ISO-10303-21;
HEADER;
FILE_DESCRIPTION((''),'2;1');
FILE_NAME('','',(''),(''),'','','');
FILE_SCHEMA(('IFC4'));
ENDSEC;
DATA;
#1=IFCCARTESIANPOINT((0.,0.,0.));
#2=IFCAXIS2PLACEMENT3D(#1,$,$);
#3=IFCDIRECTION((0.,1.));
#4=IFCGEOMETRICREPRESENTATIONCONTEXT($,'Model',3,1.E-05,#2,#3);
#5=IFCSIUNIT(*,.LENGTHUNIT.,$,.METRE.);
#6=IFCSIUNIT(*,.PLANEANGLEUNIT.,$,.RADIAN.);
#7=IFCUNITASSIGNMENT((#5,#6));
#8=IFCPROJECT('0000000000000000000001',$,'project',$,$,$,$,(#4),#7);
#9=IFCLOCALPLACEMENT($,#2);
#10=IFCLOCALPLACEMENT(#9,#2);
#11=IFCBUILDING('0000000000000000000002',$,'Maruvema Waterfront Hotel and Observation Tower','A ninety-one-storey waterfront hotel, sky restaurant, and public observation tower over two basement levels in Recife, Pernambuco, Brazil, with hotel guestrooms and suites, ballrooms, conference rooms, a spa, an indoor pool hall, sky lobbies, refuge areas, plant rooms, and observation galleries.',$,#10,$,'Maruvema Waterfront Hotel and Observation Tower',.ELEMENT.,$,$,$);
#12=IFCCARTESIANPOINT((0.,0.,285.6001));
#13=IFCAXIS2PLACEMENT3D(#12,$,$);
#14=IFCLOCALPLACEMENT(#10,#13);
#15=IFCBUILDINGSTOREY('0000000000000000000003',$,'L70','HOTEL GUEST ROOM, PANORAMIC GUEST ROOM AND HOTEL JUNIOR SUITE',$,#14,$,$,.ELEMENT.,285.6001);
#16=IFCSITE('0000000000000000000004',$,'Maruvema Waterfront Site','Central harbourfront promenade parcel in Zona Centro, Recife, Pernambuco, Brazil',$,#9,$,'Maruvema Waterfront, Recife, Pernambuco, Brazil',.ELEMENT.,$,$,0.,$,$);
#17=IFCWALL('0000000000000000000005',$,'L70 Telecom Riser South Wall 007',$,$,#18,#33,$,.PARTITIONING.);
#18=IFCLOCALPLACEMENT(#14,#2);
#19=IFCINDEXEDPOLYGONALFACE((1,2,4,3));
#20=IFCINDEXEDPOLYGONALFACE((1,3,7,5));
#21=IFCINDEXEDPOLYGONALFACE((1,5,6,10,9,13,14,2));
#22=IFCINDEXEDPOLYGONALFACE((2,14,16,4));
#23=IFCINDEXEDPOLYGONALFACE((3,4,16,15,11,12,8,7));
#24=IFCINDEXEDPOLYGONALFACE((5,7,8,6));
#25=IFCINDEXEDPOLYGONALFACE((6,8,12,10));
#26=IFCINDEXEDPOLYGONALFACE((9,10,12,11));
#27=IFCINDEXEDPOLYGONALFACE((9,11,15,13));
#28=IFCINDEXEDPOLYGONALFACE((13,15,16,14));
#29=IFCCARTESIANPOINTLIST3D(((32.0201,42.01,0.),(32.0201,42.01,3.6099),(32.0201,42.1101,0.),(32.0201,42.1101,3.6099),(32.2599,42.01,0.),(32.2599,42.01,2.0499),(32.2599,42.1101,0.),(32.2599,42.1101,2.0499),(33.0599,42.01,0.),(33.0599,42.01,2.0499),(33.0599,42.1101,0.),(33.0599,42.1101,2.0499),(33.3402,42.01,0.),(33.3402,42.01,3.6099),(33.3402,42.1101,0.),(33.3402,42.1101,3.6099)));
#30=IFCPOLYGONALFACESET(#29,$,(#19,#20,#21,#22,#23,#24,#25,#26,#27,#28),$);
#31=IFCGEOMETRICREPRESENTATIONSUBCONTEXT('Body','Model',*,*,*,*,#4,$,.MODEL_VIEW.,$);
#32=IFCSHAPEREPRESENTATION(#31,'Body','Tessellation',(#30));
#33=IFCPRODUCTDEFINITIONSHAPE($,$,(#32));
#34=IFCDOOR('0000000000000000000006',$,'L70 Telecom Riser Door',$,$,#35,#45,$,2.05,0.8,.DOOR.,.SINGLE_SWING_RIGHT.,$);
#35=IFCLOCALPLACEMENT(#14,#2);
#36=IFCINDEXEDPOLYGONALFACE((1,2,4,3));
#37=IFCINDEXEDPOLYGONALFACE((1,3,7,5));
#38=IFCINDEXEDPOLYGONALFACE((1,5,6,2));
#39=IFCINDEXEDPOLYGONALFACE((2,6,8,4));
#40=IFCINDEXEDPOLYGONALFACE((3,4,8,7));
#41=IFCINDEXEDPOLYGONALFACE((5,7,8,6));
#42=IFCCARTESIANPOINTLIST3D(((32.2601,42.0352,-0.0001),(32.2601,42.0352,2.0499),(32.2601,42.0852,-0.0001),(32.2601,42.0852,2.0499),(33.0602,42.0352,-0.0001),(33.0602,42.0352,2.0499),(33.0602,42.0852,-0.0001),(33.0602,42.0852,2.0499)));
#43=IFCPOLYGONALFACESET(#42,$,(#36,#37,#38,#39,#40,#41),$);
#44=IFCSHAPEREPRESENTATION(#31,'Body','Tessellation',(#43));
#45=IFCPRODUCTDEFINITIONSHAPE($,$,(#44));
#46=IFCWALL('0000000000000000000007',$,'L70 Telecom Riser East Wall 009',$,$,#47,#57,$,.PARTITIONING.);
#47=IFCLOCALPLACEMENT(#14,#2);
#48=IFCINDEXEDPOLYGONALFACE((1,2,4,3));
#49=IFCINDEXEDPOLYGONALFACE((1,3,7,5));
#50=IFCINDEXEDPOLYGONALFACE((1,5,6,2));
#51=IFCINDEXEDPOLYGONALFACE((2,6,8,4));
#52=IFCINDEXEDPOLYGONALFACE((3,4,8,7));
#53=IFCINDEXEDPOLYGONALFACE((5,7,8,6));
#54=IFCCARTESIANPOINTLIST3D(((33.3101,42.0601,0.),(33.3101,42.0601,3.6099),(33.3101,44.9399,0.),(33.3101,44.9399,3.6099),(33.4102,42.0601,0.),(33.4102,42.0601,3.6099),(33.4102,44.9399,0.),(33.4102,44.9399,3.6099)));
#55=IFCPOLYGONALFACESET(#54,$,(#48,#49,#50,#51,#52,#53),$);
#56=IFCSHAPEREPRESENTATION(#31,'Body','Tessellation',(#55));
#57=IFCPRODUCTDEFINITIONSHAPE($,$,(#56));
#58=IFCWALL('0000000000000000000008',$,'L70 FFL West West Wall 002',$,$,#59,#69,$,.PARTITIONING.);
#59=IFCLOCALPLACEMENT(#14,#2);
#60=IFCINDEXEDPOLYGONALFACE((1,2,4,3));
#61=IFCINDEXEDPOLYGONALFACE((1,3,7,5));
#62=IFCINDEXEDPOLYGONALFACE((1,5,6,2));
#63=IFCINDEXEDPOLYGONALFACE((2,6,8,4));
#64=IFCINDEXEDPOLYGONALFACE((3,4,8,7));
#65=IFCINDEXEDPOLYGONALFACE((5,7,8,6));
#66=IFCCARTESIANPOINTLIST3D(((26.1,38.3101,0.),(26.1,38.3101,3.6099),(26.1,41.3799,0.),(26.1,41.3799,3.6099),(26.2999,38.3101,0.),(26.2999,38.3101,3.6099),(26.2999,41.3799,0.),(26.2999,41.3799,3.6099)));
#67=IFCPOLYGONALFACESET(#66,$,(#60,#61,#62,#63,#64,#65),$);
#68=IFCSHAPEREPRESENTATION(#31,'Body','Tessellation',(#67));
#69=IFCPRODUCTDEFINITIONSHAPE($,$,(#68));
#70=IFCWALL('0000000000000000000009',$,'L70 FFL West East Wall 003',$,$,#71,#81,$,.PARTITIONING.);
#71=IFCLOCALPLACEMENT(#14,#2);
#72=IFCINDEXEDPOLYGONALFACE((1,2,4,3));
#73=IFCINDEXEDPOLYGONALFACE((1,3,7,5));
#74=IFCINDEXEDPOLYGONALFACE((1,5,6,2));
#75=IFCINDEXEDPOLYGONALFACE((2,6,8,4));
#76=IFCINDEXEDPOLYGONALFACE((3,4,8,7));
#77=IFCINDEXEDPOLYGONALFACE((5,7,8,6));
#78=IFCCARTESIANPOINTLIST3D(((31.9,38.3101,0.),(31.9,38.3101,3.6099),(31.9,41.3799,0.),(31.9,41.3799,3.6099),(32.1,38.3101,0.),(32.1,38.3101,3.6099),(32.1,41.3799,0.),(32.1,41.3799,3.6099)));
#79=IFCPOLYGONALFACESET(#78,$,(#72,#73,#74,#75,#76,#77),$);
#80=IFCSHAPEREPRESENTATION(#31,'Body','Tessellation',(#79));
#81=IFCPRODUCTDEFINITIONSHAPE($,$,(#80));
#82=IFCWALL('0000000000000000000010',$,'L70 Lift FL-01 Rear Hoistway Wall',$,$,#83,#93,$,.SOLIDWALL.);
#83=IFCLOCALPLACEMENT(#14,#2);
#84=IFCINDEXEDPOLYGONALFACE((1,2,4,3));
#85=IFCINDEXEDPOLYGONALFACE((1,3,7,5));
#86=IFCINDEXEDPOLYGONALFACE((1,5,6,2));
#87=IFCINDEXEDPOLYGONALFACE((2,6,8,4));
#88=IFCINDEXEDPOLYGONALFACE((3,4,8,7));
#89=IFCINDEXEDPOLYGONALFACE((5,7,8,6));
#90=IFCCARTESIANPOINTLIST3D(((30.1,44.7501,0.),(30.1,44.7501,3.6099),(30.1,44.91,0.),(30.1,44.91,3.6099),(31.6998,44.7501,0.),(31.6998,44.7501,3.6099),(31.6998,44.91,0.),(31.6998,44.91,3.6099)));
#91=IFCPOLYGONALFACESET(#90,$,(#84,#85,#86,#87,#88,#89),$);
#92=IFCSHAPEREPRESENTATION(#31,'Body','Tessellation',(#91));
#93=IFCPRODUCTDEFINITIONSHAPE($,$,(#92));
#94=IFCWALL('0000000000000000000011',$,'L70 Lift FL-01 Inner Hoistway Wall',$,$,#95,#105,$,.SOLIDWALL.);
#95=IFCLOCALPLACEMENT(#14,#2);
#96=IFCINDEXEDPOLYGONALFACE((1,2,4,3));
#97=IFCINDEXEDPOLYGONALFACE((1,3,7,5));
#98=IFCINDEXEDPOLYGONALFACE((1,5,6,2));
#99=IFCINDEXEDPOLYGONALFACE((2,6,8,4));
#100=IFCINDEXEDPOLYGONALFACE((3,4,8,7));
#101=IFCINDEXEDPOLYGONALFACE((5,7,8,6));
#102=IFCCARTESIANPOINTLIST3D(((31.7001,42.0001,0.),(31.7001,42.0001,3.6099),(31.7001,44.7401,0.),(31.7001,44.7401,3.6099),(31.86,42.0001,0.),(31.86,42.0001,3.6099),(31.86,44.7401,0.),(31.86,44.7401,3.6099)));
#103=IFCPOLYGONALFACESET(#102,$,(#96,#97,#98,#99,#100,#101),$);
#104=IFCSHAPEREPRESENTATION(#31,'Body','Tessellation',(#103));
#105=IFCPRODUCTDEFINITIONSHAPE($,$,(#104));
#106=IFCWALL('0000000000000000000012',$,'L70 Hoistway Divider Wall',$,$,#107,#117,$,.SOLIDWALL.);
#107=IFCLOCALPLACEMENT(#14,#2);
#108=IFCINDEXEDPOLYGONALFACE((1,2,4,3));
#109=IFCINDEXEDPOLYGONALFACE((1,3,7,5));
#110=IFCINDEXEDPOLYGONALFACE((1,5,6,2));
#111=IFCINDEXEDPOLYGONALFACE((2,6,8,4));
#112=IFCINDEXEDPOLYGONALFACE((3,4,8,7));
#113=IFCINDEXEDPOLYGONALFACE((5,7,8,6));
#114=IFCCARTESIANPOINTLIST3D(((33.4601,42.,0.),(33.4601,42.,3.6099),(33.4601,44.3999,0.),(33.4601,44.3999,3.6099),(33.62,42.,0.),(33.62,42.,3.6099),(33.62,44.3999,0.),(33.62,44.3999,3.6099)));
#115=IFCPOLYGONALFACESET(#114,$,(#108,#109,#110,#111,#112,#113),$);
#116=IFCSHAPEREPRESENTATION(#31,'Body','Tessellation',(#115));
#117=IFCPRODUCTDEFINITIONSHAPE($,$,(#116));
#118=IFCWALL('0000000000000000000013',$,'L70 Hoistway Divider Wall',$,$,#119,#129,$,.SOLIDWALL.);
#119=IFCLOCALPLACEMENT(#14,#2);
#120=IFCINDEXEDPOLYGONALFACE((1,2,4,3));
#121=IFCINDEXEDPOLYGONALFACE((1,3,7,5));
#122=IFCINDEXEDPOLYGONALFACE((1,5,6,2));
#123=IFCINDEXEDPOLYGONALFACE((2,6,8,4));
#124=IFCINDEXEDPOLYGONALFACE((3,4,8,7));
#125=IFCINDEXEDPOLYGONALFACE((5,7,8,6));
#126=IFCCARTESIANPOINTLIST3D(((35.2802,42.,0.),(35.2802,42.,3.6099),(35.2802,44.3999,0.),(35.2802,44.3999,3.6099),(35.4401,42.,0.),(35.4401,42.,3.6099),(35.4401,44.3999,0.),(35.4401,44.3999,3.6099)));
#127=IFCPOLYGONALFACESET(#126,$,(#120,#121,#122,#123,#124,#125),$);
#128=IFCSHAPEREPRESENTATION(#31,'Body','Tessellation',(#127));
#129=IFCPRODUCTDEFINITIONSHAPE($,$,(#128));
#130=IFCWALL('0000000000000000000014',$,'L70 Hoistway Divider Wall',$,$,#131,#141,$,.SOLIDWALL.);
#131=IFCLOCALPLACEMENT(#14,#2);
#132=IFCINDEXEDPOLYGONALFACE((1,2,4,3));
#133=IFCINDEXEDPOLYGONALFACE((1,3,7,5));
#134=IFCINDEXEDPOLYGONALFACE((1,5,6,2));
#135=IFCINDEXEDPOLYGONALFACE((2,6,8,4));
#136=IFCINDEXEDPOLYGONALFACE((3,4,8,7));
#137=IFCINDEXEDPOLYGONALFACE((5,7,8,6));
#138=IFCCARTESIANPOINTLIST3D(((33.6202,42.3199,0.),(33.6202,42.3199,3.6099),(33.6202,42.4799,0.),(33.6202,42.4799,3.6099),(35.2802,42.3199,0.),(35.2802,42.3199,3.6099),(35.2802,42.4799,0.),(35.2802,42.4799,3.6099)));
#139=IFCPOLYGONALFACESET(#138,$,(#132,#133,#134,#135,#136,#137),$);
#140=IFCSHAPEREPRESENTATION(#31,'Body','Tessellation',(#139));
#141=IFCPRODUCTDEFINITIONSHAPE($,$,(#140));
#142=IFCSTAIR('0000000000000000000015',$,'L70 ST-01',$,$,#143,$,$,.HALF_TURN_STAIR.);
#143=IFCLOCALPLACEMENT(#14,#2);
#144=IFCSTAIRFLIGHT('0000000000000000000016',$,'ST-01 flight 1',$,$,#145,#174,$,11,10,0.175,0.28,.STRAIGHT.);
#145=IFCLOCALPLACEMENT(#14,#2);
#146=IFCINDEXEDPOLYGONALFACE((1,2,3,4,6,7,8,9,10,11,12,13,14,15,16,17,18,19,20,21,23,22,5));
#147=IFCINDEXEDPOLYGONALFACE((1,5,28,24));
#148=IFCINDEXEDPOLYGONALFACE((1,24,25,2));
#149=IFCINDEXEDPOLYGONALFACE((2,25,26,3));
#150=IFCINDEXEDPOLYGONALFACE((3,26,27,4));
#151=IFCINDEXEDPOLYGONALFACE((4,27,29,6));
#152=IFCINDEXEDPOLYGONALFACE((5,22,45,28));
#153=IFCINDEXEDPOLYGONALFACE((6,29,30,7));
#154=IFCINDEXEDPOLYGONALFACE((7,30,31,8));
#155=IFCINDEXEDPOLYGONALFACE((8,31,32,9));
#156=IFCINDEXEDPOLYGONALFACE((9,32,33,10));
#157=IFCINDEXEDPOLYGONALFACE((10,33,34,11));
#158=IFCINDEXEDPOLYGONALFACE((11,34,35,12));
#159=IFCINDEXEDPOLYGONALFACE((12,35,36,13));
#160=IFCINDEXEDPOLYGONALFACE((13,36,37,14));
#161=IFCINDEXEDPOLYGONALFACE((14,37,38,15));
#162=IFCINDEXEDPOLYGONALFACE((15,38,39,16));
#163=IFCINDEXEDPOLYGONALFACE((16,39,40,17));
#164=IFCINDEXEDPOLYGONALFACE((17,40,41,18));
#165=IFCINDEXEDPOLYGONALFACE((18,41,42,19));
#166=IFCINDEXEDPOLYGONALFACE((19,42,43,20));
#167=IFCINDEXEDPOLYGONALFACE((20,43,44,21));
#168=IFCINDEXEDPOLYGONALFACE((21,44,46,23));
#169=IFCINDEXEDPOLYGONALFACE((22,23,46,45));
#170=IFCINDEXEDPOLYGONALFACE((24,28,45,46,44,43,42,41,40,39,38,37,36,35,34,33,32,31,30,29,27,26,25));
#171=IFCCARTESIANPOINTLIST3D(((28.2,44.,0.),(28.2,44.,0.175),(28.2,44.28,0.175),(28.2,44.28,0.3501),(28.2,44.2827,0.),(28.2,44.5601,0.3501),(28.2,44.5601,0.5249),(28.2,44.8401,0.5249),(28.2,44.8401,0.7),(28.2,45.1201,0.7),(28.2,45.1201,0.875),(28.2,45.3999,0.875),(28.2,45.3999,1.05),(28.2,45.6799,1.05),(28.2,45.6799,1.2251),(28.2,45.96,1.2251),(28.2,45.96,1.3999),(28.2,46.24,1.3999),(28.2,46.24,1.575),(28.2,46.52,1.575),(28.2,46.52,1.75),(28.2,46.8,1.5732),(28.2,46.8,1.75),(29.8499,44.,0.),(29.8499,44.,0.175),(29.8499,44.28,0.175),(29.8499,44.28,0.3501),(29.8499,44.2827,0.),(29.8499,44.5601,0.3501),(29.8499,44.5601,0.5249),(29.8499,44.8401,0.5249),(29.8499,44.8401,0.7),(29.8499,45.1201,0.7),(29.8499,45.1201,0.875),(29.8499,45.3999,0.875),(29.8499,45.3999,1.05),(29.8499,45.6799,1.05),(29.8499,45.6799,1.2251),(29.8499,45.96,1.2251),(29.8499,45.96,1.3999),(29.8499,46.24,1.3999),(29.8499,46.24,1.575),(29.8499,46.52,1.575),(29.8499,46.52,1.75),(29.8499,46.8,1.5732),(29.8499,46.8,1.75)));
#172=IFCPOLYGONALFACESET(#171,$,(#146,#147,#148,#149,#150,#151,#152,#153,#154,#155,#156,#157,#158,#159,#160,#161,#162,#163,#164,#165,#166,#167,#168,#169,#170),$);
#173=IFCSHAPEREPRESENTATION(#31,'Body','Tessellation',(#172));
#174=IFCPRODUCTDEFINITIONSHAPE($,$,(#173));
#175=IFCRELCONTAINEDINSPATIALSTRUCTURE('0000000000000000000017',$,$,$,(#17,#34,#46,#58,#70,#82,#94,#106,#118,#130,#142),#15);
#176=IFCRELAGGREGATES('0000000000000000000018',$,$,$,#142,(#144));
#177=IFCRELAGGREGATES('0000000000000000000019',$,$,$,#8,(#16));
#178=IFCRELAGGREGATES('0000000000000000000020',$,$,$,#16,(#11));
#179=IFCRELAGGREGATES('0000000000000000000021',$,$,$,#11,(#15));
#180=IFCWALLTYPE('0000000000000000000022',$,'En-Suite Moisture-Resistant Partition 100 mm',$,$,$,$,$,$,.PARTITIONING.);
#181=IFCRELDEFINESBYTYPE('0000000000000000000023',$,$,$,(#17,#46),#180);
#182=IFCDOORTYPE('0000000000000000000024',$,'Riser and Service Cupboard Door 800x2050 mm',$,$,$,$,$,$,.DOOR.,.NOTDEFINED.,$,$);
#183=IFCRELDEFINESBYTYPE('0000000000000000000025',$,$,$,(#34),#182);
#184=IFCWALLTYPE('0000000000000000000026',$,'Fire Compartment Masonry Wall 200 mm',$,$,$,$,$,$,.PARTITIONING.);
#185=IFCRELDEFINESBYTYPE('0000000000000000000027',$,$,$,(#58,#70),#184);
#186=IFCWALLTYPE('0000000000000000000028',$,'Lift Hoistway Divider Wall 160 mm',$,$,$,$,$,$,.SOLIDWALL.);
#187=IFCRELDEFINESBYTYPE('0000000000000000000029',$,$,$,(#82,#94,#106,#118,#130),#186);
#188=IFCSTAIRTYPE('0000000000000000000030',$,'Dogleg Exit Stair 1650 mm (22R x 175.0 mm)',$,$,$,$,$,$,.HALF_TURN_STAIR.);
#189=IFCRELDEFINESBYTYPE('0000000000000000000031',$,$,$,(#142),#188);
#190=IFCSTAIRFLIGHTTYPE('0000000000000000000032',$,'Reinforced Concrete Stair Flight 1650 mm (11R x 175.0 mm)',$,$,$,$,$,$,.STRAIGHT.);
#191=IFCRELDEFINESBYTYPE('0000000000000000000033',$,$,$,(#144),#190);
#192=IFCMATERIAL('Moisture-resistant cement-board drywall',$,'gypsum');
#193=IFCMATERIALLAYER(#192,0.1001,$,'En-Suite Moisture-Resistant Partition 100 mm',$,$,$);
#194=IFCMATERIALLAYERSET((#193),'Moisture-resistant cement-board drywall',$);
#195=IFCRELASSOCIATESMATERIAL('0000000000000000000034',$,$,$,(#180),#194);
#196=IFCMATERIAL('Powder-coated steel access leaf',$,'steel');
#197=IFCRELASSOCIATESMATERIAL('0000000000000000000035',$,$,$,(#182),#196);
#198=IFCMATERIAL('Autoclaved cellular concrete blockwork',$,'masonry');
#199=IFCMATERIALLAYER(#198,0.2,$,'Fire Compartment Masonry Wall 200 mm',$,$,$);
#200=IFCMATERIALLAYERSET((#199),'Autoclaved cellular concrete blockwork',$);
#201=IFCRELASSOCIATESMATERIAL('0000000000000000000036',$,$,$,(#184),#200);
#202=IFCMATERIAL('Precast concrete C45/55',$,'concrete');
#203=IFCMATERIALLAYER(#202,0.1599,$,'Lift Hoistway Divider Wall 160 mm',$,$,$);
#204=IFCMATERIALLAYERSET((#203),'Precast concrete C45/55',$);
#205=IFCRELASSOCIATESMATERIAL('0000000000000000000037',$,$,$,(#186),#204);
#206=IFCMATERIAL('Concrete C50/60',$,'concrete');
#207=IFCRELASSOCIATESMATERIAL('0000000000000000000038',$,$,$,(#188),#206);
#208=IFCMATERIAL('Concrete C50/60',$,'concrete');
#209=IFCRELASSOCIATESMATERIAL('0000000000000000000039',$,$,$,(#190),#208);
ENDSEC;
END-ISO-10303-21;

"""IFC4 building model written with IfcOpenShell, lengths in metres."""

from ifc_helpers import new_model, si_unit, direction, frame, frame_2d, origin, place, context, subcontext, project, spatial, polyline, rectangle, outline, extrude, material, layer, layer_set, type_object, element, fill, aggregate, save


model = new_model("IFC4")

# Units and contexts
model_context = context("Model", 3, precision=1e-05, world=origin(), true_north=direction((0.0, 1.0)))
body_context = subcontext(model_context, "Body", "Model", "MODEL_VIEW")
ifc_project = project(units=[si_unit("LENGTHUNIT", "METRE"), si_unit("PLANEANGLEUNIT", "RADIAN")], contexts=[model_context])

# Site, building, storey
site_placement = place(None, origin())
site = spatial("IfcSite", under=ifc_project, at=site_placement, Name="Maruvema Waterfront Site", Description="Central harbourfront promenade parcel in Zona Centro, Recife, Pernambuco, Brazil", LongName="Maruvema Waterfront, Recife, Pernambuco, Brazil", CompositionType="ELEMENT", RefElevation=0.0)
building_placement = place(site_placement, origin())
building = spatial("IfcBuilding", under=site, at=building_placement, Name="Maruvema Waterfront Hotel and Observation Tower", Description="A ninety-one-storey waterfront hotel, sky restaurant, and public observation tower over two basement levels in Recife, Pernambuco, Brazil, with hotel guestrooms and suites, ballrooms, conference rooms, a spa, an indoor pool hall, sky lobbies, refuge areas, plant rooms, and observation galleries.", LongName="Maruvema Waterfront Hotel and Observation Tower", CompositionType="ELEMENT")
storey_placement = place(building_placement, frame((0.0, 0.0, 285.6001)))
storey = spatial("IfcBuildingStorey", under=building, at=storey_placement, Name="L70", Description="HOTEL GUEST ROOM, PANORAMIC GUEST ROOM AND HOTEL JUNIOR SUITE", CompositionType="ELEMENT", Elevation=285.6001)

# Wall, opening, door
ifc_material_1 = material(Name="Moisture-resistant cement-board drywall", Category="gypsum")
ifc_layer_1 = layer(ifc_material_1, 0.1001, Name="En-Suite Moisture-Resistant Partition 100 mm")
ifc_layer_set_1 = layer_set([ifc_layer_1], Name="Moisture-resistant cement-board drywall")
wall_type_1 = type_object("IfcWallType", Name="En-Suite Moisture-Resistant Partition 100 mm", PredefinedType="PARTITIONING", material=ifc_layer_set_1)
wall_1_placement = place(storey_placement, frame((32.02, 42.0601, 0.0), z_axis=(0.0, 0.0, 1.0), x_axis=(1.0, 0.0, 0.0)))
wall_1 = element("IfcWall", 1, at=wall_1_placement, inside=storey, type_object=wall_type_1, Name="L70 Telecom Riser South Wall 007", PredefinedType="PARTITIONING", context=body_context, shape_type="SweptSolid", body=[
    extrude(rectangle(XDim=1.3201, YDim=0.1001, at=frame_2d((0.6602, 0.0))), origin(), (0.0, 0.0, 1.0), 3.6099),
])
opening_1_placement = place(wall_1_placement, frame((0.24, 0.0, 0.0)))
opening_1 = element("IfcOpeningElement", 2, at=opening_1_placement, cuts=wall_1, PredefinedType="OPENING", context=body_context, shape_type="SweptSolid", body=[
    extrude(rectangle(XDim=0.8, YDim=2.05, at=frame_2d((0.3999, 1.0249))), frame((0.0, 0.0601, 0.0), z_axis=(0.0, -1.0, 0.0), x_axis=(1.0, 0.0, 0.0)), (0.0, 0.0, 1.0), 0.1201),
])
ifc_material_2 = material(Name="Powder-coated steel access leaf", Category="steel")
door_type_1 = type_object("IfcDoorType", Name="Riser and Service Cupboard Door 800x2050 mm", OperationType="NOTDEFINED", PredefinedType="DOOR", material=ifc_material_2)
door_1_placement = place(opening_1_placement, frame((0.8, 0.0, 0.0), z_axis=(0.0, 0.0, 1.0), x_axis=(-1.0, 0.0, 0.0)))
door_1 = element("IfcDoor", 3, at=door_1_placement, inside=storey, type_object=door_type_1, Name="L70 Telecom Riser Door", OperationType="SINGLE_SWING_RIGHT", OverallHeight=2.05, OverallWidth=0.8, PredefinedType="DOOR", context=body_context, shape_type="SweptSolid", body=[
    extrude(rectangle(XDim=0.8, YDim=2.05, at=frame_2d((0.3999, 1.0249))), frame((0.0, 0.0249, 0.0), z_axis=(0.0, -1.0, 0.0), x_axis=(1.0, 0.0, 0.0)), (0.0, 0.0, 1.0), 0.05),
])
fill(opening_1, door_1)

# Wall
wall_2_placement = place(storey_placement, frame((33.3601, 42.0601, 0.0), z_axis=(0.0, 0.0, 1.0), x_axis=(0.0, 1.0, 0.0)))
element("IfcWall", 4, at=wall_2_placement, inside=storey, type_object=wall_type_1, Name="L70 Telecom Riser East Wall 009", PredefinedType="PARTITIONING", context=body_context, shape_type="SweptSolid", body=[
    extrude(rectangle(XDim=2.8799, YDim=0.1001, at=frame_2d((1.4399, 0.0))), origin(), (0.0, 0.0, 1.0), 3.6099),
])

# Shared definitions
ifc_material_3 = material(Name="Autoclaved cellular concrete blockwork", Category="masonry")
ifc_layer_2 = layer(ifc_material_3, 0.2, Name="Fire Compartment Masonry Wall 200 mm")
ifc_layer_set_2 = layer_set([ifc_layer_2], Name="Autoclaved cellular concrete blockwork")
wall_type_2 = type_object("IfcWallType", Name="Fire Compartment Masonry Wall 200 mm", PredefinedType="PARTITIONING", material=ifc_layer_set_2)

# Walls
for number, where, z_axis, x_axis, name in (
    (5, (26.2, 38.3101, 0.0), (0.0, 0.0, 1.0), (0.0, 1.0, 0.0), "L70 FFL West West Wall 002"),
    (6, (32.0, 38.3101, 0.0), (0.0, 0.0, 1.0), (0.0, 1.0, 0.0), "L70 FFL West East Wall 003"),
):
    element("IfcWall", number, at=place(storey_placement, frame(where, z_axis=z_axis, x_axis=x_axis)), inside=storey, type_object=wall_type_2, Name=name, PredefinedType="PARTITIONING", context=body_context, shape_type="SweptSolid", body=[
        extrude(rectangle(XDim=3.0698, YDim=0.2, at=frame_2d((1.5349, 0.0))), origin(), (0.0, 0.0, 1.0), 3.6099),
    ])
ifc_material_4 = material(Name="Precast concrete C45/55", Category="concrete")
ifc_layer_3 = layer(ifc_material_4, 0.1599, Name="Lift Hoistway Divider Wall 160 mm")
ifc_layer_set_3 = layer_set([ifc_layer_3], Name="Precast concrete C45/55")
wall_type_3 = type_object("IfcWallType", Name="Lift Hoistway Divider Wall 160 mm", PredefinedType="SOLIDWALL", material=ifc_layer_set_3)
wall_3_placement = place(storey_placement, frame((30.1001, 44.8301, 0.0), z_axis=(0.0, 0.0, 1.0), x_axis=(1.0, 0.0, 0.0)))
element("IfcWall", 7, at=wall_3_placement, inside=storey, type_object=wall_type_3, Name="L70 Lift FL-01 Rear Hoistway Wall", PredefinedType="SOLIDWALL", context=body_context, shape_type="SweptSolid", body=[
    extrude(rectangle(XDim=1.5999, YDim=0.1599, at=frame_2d((0.7998, 0.0))), origin(), (0.0, 0.0, 1.0), 3.6099),
])
wall_4_placement = place(storey_placement, frame((31.78, 42.0, 0.0), z_axis=(0.0, 0.0, 1.0), x_axis=(0.0, 1.0, 0.0)))
element("IfcWall", 8, at=wall_4_placement, inside=storey, type_object=wall_type_3, Name="L70 Lift FL-01 Inner Hoistway Wall", PredefinedType="SOLIDWALL", context=body_context, shape_type="SweptSolid", body=[
    extrude(rectangle(XDim=2.74, YDim=0.1599, at=frame_2d((1.3701, 0.0))), origin(), (0.0, 0.0, 1.0), 3.6099),
])
for number, where, z_axis, x_axis, name in (
    (9, (33.54, 42.0, 0.0), (0.0, 0.0, 1.0), (0.0, 1.0, 0.0), "L70 Hoistway Divider Wall"),
    (10, (35.3601, 42.0, 0.0), (0.0, 0.0, 1.0), (0.0, 1.0, 0.0), "L70 Hoistway Divider Wall"),
):
    element("IfcWall", number, at=place(storey_placement, frame(where, z_axis=z_axis, x_axis=x_axis)), inside=storey, type_object=wall_type_3, Name=name, PredefinedType="SOLIDWALL", context=body_context, shape_type="SweptSolid", body=[
        extrude(rectangle(XDim=2.3999, YDim=0.1599, at=frame_2d((1.2, 0.0))), origin(), (0.0, 0.0, 1.0), 3.6099),
    ])
wall_5_placement = place(storey_placement, frame((33.6201, 42.3999, 0.0), z_axis=(0.0, 0.0, 1.0), x_axis=(1.0, 0.0, 0.0)))
element("IfcWall", 11, at=wall_5_placement, inside=storey, type_object=wall_type_3, Name="L70 Hoistway Divider Wall", PredefinedType="SOLIDWALL", context=body_context, shape_type="SweptSolid", body=[
    extrude(rectangle(XDim=1.6599, YDim=0.1599, at=frame_2d((0.8301, 0.0))), origin(), (0.0, 0.0, 1.0), 3.6099),
])

# Stair, stair flight
ifc_material_5 = material(Name="Concrete C50/60", Category="concrete")
stair_type = type_object("IfcStairType", Name="Dogleg Exit Stair 1650 mm (22R x 175.0 mm)", PredefinedType="HALF_TURN_STAIR", material=ifc_material_5)
stair_placement = place(storey_placement, origin())
stair = element("IfcStair", 12, at=stair_placement, inside=storey, type_object=stair_type, Name="L70 ST-01", PredefinedType="HALF_TURN_STAIR")
ifc_material_6 = material(Name="Concrete C50/60", Category="concrete")
stair_flight_type = type_object("IfcStairFlightType", Name="Reinforced Concrete Stair Flight 1650 mm (11R x 175.0 mm)", PredefinedType="STRAIGHT", material=ifc_material_6)
stair_flight_placement = place(storey_placement, frame((29.0249, 44.0, 0.0), z_axis=(0.0, 0.0, 1.0), x_axis=(0.0, 1.0, 0.0)))
stair_flight = element("IfcStairFlight", 13, at=stair_flight_placement, type_object=stair_flight_type, Name="ST-01 flight 1", NumberOfRisers=11, NumberOfTreads=10, PredefinedType="STRAIGHT", RiserHeight=0.175, TreadLength=0.28, context=body_context, shape_type="SweptSolid", body=[
    extrude(outline(polyline([(0.0, 0.0), (0.0, 0.175), (0.28, 0.175), (0.28, 0.3501), (0.5601, 0.3501), (0.5601, 0.5249), (0.8401, 0.5249), (0.8401, 0.7), (1.1201, 0.7), (1.1201, 0.875), (1.3999, 0.875), (1.3999, 1.05), (1.6799, 1.05), (1.6799, 1.2251), (1.96, 1.2251), (1.96, 1.3999), (2.24, 1.3999), (2.24, 1.575), (2.52, 1.575), (2.52, 1.75), (2.8, 1.75), (2.8, 1.925), (2.8, 1.5732), (0.2827, 0.0), (0.0, 0.0)])), frame((0.0, 0.825, 0.0), z_axis=(0.0, -1.0, 0.0), x_axis=(1.0, 0.0, 0.0)), (0.0, 0.0, 1.0), 1.6499),
])
aggregate(stair, [stair_flight])

save(model, "model.ifc")
